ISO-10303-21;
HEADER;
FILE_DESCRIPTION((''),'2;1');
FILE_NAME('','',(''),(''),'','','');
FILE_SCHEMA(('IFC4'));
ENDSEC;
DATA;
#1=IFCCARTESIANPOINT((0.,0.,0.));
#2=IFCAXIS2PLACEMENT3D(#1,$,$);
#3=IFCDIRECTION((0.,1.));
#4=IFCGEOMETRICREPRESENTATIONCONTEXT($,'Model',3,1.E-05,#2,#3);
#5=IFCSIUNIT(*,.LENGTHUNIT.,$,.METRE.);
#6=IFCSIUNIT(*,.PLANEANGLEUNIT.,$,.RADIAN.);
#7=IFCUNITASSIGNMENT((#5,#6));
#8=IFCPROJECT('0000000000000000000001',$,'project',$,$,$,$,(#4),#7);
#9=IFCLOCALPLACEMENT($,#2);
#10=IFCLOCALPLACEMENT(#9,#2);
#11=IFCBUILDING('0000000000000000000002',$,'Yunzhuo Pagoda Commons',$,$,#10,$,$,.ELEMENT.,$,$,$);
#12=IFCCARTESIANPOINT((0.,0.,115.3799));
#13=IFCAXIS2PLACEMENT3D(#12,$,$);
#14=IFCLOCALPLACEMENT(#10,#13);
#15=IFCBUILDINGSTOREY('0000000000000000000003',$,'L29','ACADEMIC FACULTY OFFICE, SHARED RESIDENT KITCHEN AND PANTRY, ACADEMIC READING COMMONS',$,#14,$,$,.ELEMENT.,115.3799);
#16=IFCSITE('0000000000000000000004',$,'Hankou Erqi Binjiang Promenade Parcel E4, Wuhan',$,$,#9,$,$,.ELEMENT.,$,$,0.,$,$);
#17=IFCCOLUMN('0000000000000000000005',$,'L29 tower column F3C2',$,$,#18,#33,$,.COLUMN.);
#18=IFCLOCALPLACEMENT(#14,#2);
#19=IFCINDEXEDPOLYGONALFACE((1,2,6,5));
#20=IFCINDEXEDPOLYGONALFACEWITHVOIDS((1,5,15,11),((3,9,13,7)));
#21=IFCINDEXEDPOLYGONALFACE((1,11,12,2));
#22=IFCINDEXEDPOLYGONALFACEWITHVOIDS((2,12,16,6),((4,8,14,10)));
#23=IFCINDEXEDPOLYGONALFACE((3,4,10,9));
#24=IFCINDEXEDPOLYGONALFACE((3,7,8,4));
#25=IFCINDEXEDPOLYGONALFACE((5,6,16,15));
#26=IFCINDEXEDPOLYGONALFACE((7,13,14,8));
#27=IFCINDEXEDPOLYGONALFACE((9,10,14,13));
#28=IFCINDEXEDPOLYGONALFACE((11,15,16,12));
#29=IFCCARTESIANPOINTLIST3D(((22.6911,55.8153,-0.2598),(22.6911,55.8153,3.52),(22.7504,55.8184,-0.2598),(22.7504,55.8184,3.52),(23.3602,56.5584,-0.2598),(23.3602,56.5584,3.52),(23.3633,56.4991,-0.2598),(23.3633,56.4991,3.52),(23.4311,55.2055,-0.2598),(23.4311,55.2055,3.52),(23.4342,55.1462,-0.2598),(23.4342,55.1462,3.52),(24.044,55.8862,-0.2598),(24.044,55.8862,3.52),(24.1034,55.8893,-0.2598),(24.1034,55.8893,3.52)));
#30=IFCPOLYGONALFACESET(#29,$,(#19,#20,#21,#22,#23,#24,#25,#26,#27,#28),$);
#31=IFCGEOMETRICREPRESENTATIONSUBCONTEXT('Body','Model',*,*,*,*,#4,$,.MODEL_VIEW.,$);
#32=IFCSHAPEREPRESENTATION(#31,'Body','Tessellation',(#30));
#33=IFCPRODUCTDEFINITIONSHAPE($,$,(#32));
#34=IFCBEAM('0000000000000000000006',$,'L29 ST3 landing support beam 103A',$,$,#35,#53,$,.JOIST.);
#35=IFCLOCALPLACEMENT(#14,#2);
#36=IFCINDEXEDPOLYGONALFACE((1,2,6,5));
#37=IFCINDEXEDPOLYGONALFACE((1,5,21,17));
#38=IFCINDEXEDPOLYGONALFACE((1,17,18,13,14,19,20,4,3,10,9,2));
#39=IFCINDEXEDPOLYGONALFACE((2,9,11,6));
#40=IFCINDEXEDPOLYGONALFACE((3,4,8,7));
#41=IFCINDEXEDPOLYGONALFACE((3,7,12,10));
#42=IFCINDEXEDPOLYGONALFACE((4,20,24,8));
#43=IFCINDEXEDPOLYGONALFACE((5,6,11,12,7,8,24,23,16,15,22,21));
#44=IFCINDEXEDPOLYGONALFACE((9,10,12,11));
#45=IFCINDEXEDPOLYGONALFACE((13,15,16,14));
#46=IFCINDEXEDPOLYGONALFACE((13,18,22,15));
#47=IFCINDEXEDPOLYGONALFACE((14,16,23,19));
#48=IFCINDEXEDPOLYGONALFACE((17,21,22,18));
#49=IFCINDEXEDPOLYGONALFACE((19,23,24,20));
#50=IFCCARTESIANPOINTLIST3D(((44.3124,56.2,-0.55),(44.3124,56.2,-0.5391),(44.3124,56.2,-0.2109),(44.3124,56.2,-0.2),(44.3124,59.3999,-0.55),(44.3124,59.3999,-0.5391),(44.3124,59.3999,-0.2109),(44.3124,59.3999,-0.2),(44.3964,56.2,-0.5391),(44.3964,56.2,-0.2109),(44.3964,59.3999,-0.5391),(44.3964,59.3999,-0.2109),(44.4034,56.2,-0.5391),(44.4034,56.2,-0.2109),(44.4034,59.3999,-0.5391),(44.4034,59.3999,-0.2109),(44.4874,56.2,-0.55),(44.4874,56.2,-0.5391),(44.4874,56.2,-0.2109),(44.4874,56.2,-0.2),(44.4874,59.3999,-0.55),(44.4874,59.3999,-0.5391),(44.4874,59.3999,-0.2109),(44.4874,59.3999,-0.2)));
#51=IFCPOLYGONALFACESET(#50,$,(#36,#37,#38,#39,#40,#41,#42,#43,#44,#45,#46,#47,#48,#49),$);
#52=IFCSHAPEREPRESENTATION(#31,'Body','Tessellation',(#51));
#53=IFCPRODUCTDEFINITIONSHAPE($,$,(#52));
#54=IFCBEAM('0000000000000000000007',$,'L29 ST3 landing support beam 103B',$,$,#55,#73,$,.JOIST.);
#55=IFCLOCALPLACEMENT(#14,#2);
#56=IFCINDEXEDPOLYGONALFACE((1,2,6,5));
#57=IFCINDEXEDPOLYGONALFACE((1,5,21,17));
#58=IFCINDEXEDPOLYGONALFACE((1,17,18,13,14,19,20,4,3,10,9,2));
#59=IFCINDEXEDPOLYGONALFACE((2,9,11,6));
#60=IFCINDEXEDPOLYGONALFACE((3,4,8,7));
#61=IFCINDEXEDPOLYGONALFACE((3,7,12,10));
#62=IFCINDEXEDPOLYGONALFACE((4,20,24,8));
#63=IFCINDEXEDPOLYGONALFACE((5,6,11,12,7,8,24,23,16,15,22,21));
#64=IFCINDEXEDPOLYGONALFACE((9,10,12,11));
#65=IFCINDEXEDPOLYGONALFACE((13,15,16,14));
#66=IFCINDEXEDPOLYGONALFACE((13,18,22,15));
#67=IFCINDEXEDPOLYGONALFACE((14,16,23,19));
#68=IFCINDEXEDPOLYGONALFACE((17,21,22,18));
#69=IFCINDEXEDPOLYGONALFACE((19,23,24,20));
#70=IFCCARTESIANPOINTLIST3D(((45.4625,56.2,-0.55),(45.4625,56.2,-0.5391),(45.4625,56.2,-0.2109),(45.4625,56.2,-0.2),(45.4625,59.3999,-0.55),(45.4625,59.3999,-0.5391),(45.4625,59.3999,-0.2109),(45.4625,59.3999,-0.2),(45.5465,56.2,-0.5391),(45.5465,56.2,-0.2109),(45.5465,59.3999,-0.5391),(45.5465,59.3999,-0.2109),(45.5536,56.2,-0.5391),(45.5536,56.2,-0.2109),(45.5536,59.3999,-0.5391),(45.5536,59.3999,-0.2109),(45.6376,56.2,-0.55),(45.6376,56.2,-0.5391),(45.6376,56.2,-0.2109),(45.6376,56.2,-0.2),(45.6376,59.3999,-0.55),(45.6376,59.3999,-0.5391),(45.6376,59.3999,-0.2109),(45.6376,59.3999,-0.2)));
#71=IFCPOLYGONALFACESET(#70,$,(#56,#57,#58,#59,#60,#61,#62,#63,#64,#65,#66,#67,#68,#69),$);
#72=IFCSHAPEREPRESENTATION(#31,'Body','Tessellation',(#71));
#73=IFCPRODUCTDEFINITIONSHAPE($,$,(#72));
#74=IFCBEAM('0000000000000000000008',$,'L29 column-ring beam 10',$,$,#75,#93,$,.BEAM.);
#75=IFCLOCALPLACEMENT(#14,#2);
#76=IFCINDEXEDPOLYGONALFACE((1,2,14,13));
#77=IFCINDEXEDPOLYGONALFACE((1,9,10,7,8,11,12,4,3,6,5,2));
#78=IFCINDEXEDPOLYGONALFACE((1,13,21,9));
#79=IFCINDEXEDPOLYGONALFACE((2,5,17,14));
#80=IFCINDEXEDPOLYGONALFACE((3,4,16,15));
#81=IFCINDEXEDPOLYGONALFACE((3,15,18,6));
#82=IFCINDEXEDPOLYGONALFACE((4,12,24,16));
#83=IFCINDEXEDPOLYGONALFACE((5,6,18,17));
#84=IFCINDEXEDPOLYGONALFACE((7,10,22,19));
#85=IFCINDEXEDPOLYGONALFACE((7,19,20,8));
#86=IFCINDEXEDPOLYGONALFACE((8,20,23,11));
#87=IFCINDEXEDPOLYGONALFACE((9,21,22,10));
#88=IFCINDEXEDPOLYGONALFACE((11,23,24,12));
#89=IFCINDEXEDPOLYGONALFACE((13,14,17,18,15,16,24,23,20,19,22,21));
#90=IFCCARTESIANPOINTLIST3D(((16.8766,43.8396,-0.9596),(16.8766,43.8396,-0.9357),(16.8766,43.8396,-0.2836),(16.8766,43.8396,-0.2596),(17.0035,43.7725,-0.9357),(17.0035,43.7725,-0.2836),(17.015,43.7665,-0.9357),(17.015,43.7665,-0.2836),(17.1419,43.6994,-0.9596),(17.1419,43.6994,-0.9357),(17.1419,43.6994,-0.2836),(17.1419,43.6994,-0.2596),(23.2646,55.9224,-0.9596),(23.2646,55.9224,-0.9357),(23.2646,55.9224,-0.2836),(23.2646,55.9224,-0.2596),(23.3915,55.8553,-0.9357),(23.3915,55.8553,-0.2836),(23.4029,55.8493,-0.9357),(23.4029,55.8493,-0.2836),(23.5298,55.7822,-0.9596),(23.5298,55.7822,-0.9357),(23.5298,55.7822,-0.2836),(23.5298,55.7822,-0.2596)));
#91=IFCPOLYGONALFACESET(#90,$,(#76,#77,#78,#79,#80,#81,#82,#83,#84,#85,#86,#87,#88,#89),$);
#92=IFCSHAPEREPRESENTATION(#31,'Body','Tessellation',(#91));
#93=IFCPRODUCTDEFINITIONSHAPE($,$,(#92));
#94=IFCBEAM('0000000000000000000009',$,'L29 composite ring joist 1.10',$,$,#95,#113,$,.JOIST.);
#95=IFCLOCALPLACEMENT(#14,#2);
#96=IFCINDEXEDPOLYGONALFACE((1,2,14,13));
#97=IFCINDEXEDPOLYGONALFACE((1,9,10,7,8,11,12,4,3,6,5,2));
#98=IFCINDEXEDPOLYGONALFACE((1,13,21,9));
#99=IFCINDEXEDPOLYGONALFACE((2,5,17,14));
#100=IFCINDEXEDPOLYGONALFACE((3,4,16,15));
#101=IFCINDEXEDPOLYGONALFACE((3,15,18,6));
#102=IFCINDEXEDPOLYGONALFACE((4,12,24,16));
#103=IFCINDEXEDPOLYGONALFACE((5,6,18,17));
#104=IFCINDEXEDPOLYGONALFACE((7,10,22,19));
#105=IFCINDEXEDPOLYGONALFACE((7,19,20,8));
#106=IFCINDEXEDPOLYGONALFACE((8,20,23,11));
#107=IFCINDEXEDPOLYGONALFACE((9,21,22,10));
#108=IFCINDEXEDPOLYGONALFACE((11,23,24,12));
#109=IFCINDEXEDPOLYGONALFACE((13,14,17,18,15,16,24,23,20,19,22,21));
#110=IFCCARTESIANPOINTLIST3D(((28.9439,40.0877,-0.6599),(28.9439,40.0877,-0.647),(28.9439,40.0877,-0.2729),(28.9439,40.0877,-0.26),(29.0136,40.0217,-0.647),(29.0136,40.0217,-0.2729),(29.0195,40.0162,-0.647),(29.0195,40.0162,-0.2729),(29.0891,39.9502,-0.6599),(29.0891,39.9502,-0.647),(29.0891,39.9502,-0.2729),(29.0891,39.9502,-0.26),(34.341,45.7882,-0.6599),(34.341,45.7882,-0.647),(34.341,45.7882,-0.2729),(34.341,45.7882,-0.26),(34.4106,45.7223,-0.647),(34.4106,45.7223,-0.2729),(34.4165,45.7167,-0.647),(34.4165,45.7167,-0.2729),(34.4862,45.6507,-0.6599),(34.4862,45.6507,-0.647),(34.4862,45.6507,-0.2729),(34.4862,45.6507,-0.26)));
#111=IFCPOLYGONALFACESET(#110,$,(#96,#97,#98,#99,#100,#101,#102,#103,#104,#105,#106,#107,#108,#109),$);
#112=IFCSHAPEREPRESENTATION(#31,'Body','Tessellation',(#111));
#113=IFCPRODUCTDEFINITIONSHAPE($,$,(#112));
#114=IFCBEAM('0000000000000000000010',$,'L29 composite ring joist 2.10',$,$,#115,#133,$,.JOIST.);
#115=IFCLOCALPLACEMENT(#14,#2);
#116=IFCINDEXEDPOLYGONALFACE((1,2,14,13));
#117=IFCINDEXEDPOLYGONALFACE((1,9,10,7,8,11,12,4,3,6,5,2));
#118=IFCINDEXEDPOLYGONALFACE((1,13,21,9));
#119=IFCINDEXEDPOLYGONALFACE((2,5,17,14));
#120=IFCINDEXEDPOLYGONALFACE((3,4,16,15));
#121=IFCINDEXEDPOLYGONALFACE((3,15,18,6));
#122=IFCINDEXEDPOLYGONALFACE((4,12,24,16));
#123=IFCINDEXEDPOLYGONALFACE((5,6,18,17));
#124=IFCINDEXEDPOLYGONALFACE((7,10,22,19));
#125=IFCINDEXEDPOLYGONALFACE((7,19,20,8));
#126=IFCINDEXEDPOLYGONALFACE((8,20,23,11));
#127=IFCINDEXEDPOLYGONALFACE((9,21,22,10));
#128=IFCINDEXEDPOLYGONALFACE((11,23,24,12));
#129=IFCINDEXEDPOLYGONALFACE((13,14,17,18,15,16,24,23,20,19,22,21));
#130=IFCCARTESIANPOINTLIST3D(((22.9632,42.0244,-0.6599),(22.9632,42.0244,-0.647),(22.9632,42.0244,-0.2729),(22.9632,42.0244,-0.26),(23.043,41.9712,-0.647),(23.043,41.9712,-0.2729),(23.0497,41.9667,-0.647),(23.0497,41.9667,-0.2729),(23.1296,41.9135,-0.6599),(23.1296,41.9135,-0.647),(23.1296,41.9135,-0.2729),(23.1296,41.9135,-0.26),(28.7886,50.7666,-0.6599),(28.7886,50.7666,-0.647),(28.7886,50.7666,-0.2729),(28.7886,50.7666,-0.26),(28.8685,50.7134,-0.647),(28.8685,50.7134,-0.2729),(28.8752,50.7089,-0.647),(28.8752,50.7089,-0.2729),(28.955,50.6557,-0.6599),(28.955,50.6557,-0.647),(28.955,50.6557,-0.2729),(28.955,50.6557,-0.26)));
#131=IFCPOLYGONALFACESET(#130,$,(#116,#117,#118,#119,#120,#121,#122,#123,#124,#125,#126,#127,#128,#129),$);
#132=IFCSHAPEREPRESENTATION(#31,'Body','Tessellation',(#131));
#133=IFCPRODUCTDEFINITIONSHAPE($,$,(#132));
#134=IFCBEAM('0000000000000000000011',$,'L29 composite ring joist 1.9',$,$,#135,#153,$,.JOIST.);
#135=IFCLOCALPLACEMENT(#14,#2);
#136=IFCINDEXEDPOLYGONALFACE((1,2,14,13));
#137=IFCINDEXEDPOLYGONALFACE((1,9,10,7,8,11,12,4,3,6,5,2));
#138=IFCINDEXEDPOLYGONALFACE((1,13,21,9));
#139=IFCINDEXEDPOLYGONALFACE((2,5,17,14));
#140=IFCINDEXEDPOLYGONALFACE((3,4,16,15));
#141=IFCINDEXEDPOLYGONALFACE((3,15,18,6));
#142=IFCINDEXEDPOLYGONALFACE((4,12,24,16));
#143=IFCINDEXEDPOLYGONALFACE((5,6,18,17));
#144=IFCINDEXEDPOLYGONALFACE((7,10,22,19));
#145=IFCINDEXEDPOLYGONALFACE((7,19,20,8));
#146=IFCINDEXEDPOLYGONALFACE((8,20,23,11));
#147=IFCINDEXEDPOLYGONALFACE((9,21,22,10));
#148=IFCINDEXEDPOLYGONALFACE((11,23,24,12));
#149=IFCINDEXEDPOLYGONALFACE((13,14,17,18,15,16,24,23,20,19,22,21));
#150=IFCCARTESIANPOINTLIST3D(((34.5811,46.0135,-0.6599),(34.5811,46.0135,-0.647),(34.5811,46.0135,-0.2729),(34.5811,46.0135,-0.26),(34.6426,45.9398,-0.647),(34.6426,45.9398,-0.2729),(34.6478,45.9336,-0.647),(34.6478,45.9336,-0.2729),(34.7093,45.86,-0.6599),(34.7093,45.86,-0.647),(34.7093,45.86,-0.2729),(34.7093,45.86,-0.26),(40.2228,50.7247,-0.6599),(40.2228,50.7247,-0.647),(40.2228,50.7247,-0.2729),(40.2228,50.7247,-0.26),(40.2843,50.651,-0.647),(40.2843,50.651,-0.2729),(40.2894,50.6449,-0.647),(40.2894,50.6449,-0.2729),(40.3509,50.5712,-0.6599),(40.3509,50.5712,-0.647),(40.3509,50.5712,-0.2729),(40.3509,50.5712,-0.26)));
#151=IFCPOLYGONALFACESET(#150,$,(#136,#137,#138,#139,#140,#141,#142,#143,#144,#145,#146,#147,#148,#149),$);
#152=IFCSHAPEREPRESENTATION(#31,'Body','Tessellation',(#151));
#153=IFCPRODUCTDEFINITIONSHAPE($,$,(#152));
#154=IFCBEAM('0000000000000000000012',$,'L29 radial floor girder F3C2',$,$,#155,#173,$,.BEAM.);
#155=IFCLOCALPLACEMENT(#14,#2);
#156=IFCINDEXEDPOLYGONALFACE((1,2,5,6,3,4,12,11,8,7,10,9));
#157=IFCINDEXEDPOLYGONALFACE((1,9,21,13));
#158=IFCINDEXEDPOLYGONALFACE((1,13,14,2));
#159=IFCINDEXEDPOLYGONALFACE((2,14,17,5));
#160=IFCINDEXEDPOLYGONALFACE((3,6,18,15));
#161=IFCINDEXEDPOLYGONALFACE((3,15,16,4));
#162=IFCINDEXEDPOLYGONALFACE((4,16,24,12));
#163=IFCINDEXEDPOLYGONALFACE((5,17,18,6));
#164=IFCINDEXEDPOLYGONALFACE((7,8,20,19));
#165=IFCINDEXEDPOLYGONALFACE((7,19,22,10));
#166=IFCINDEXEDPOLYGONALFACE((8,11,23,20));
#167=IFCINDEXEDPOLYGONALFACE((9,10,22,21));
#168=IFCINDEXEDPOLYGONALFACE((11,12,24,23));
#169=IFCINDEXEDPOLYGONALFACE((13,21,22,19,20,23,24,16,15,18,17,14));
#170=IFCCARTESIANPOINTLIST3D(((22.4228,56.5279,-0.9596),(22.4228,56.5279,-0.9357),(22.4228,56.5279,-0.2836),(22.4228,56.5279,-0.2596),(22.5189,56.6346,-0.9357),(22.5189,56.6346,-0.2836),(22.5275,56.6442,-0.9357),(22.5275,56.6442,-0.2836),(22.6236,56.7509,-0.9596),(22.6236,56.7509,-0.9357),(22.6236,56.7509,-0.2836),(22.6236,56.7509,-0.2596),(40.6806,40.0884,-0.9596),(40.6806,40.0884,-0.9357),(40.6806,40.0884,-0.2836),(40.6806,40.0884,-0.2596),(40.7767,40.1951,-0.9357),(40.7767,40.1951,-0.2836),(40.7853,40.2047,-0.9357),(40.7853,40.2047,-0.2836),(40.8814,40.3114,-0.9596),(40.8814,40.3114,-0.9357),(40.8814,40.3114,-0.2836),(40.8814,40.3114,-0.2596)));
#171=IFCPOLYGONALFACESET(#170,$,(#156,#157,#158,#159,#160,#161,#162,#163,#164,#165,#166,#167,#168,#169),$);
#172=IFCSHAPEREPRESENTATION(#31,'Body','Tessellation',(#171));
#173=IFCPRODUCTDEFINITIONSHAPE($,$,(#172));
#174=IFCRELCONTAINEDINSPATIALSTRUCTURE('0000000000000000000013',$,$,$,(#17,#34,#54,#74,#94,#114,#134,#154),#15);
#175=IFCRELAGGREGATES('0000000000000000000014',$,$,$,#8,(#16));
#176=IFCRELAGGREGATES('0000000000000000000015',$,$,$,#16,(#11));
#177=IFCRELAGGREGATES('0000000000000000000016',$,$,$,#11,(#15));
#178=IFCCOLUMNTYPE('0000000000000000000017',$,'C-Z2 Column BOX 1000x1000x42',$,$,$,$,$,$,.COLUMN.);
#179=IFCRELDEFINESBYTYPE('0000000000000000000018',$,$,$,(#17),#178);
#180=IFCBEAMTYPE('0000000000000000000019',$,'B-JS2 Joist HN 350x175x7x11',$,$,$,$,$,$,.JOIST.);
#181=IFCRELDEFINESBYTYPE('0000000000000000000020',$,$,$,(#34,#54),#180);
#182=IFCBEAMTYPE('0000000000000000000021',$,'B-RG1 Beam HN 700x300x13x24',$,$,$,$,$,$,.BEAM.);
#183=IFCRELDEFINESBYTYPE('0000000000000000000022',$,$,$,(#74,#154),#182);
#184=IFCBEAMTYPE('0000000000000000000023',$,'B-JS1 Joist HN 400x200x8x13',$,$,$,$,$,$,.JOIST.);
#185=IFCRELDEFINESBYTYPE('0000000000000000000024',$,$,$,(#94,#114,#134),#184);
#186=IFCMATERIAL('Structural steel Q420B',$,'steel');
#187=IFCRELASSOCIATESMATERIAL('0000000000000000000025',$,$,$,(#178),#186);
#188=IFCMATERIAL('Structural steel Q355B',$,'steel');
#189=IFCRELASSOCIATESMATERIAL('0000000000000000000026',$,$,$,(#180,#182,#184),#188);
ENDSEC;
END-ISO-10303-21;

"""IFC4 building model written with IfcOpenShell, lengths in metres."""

from ifc_helpers import new_model, si_unit, direction, frame, origin, origin_2d, place, context, subcontext, project, spatial, hollow_rectangle, i_section, extrude, source, transform, mapped, material, material_profile, profile_set, type_object, element, save


model = new_model("IFC4")

# Units and contexts
model_context = context("Model", 3, precision=1e-05, world=origin(), true_north=direction((0.0, 1.0)))
body_context = subcontext(model_context, "Body", "Model", "MODEL_VIEW")
ifc_project = project(units=[si_unit("LENGTHUNIT", "METRE"), si_unit("PLANEANGLEUNIT", "RADIAN")], contexts=[model_context])

# Site, building, storey
site_placement = place(None, origin())
site = spatial("IfcSite", under=ifc_project, at=site_placement, Name="Hankou Erqi Binjiang Promenade Parcel E4, Wuhan", CompositionType="ELEMENT", RefElevation=0.0)
building_placement = place(site_placement, origin())
building = spatial("IfcBuilding", under=site, at=building_placement, Name="Yunzhuo Pagoda Commons", CompositionType="ELEMENT")
storey_placement = place(building_placement, frame((0.0, 0.0, 115.3799)))
storey = spatial("IfcBuildingStorey", under=building, at=storey_placement, Name="L29", Description="ACADEMIC FACULTY OFFICE, SHARED RESIDENT KITCHEN AND PANTRY, ACADEMIC READING COMMONS", CompositionType="ELEMENT", Elevation=115.3799)

# Column
ifc_material_1 = material(Name="Structural steel Q420B", Category="steel")
ifc_material_profile_1 = material_profile(ifc_material_1, hollow_rectangle(XDim=1.0, YDim=1.0, WallThickness=0.042, at=origin_2d()), Name="Structural steel Q420B")
ifc_profile_set_1 = profile_set([ifc_material_profile_1], Name="Structural steel Q420B")
column_type = type_object("IfcColumnType", Name="C-Z2 Column BOX 1000x1000x42", PredefinedType="COLUMN", material=ifc_profile_set_1)
shared_shape_1 = source(origin(), body_context, "Body", "SweptSolid", [
    extrude(hollow_rectangle(XDim=1.0, YDim=1.0, WallThickness=0.042, at=origin_2d()), origin(), (0.0, 0.0, 1.0), 3.7798),
])
column_placement = place(storey_placement, frame((23.3972, 55.8523, -0.2598), z_axis=(0.0, 0.0, 1.0), x_axis=(-0.669131, -0.743145, 0.0)))
element("IfcColumn", 1, at=column_placement, inside=storey, type_object=column_type, Name="L29 tower column F3C2", PredefinedType="COLUMN", context=body_context, shape_type="MappedRepresentation", body=[
    mapped(shared_shape_1, transform((0.0, 0.0, 0.0), scale=1.0)),
])

# Beams
ifc_material_2 = material(Name="Structural steel Q355B", Category="steel")
ifc_material_profile_2 = material_profile(ifc_material_2, i_section(OverallWidth=0.175, OverallDepth=0.3501, WebThickness=0.0071, FlangeThickness=0.011, at=origin_2d()), Name="Structural steel Q355B")
ifc_profile_set_2 = profile_set([ifc_material_profile_2], Name="Structural steel Q355B")
beam_type_1 = type_object("IfcBeamType", Name="B-JS2 Joist HN 350x175x7x11", PredefinedType="JOIST", material=ifc_profile_set_2)
shared_shape_2 = source(origin(), body_context, "Body", "SweptSolid", [
    extrude(i_section(OverallWidth=0.175, OverallDepth=0.3501, WebThickness=0.0071, FlangeThickness=0.011, at=origin_2d()), origin(), (0.0, 0.0, 1.0), 3.2),
])
for number, where, z_axis, x_axis, name in (
    (2, (44.3999, 56.2, -0.375), (0.0, 1.0, 0.0), (-1.0, 0.0, 0.0), "L29 ST3 landing support beam 103A"),
    (3, (45.55, 56.2, -0.375), (0.0, 1.0, 0.0), (-1.0, 0.0, 0.0), "L29 ST3 landing support beam 103B"),
):
    element("IfcBeam", number, at=place(storey_placement, frame(where, z_axis=z_axis, x_axis=x_axis)), inside=storey, type_object=beam_type_1, Name=name, PredefinedType="JOIST", context=body_context, shape_type="MappedRepresentation", body=[
        mapped(shared_shape_2, transform((0.0, 0.0, 0.0), scale=1.0)),
    ])
ifc_material_profile_3 = material_profile(ifc_material_2, i_section(OverallWidth=0.3, OverallDepth=0.7, WebThickness=0.0129, FlangeThickness=0.0239, at=origin_2d()), Name="Structural steel Q355B")
ifc_profile_set_3 = profile_set([ifc_material_profile_3], Name="Structural steel Q355B")
beam_type_2 = type_object("IfcBeamType", Name="B-RG1 Beam HN 700x300x13x24", PredefinedType="BEAM", material=ifc_profile_set_3)
shared_shape_3 = source(origin(), body_context, "Body", "SweptSolid", [
    extrude(i_section(OverallWidth=0.3, OverallDepth=0.7, WebThickness=0.0129, FlangeThickness=0.0239, at=origin_2d()), origin(), (0.0, 0.0, 1.0), 13.6675),
])
beam_1_placement = place(storey_placement, frame((23.3972, 55.8523, -0.6096), z_axis=(-0.467384, -0.884055, 0.0), x_axis=(0.884055, -0.467384, 0.0)))
element("IfcBeam", 4, at=beam_1_placement, inside=storey, type_object=beam_type_2, Name="L29 column-ring beam 10", PredefinedType="BEAM", context=body_context, shape_type="MappedRepresentation", body=[
    mapped(shared_shape_3, transform((0.0, 0.0, 0.0), scale=1.0)),
])
ifc_material_profile_4 = material_profile(ifc_material_2, i_section(OverallWidth=0.2, OverallDepth=0.3999, WebThickness=0.0081, FlangeThickness=0.0129, at=origin_2d()), Name="Structural steel Q355B")
ifc_profile_set_4 = profile_set([ifc_material_profile_4], Name="Structural steel Q355B")
beam_type_3 = type_object("IfcBeamType", Name="B-JS1 Joist HN 400x200x8x13", PredefinedType="JOIST", material=ifc_profile_set_4)
shared_shape_4 = source(origin(), body_context, "Body", "SweptSolid", [
    extrude(i_section(OverallWidth=0.2, OverallDepth=0.3999, WebThickness=0.0081, FlangeThickness=0.0129, at=origin_2d()), origin(), (0.0, 0.0, 1.0), 7.8501),
])
beam_2_placement = place(storey_placement, frame((34.4136, 45.7195, -0.46), z_axis=(-0.687513, -0.726172, 0.0), x_axis=(0.726172, -0.687513, 0.0)))
element("IfcBeam", 5, at=beam_2_placement, inside=storey, type_object=beam_type_3, Name="L29 composite ring joist 1.10", PredefinedType="JOIST", context=body_context, shape_type="MappedRepresentation", body=[
    mapped(shared_shape_4, transform((0.0, 0.0, 0.0), scale=1.0)),
])
shared_shape_5 = source(origin(), body_context, "Body", "SweptSolid", [
    extrude(i_section(OverallWidth=0.2, OverallDepth=0.3999, WebThickness=0.0081, FlangeThickness=0.0129, at=origin_2d()), origin(), (0.0, 0.0, 1.0), 10.5054),
])
beam_3_placement = place(storey_placement, frame((28.8718, 50.7112, -0.46), z_axis=(-0.554523, -0.832168, 0.0), x_axis=(0.832168, -0.554523, 0.0)))
element("IfcBeam", 6, at=beam_3_placement, inside=storey, type_object=beam_type_3, Name="L29 composite ring joist 2.10", PredefinedType="JOIST", context=body_context, shape_type="MappedRepresentation", body=[
    mapped(shared_shape_5, transform((0.0, 0.0, 0.0), scale=1.0)),
])
shared_shape_6 = source(origin(), body_context, "Body", "SweptSolid", [
    extrude(i_section(OverallWidth=0.2, OverallDepth=0.3999, WebThickness=0.0081, FlangeThickness=0.0129, at=origin_2d()), origin(), (0.0, 0.0, 1.0), 7.3501),
])
beam_4_placement = place(storey_placement, frame((40.2869, 50.6479, -0.46), z_axis=(-0.767562, -0.640975, 0.0), x_axis=(0.640975, -0.767562, 0.0)))
element("IfcBeam", 7, at=beam_4_placement, inside=storey, type_object=beam_type_3, Name="L29 composite ring joist 1.9", PredefinedType="JOIST", context=body_context, shape_type="MappedRepresentation", body=[
    mapped(shared_shape_6, transform((0.0, 0.0, 0.0), scale=1.0)),
])
shared_shape_7 = source(origin(), body_context, "Body", "SweptSolid", [
    extrude(i_section(OverallWidth=0.3, OverallDepth=0.7, WebThickness=0.0129, FlangeThickness=0.0239, at=origin_2d()), origin(), (0.0, 0.0, 1.0), 24.5684),
])
beam_5_placement = place(storey_placement, frame((22.5232, 56.6394, -0.6096), z_axis=(0.743144, -0.669132, 0.0), x_axis=(0.669132, 0.743144, 0.0)))
element("IfcBeam", 8, at=beam_5_placement, inside=storey, type_object=beam_type_2, Name="L29 radial floor girder F3C2", PredefinedType="BEAM", context=body_context, shape_type="MappedRepresentation", body=[
    mapped(shared_shape_7, transform((0.0, 0.0, 0.0), scale=1.0)),
])

save(model, "model.ifc")
